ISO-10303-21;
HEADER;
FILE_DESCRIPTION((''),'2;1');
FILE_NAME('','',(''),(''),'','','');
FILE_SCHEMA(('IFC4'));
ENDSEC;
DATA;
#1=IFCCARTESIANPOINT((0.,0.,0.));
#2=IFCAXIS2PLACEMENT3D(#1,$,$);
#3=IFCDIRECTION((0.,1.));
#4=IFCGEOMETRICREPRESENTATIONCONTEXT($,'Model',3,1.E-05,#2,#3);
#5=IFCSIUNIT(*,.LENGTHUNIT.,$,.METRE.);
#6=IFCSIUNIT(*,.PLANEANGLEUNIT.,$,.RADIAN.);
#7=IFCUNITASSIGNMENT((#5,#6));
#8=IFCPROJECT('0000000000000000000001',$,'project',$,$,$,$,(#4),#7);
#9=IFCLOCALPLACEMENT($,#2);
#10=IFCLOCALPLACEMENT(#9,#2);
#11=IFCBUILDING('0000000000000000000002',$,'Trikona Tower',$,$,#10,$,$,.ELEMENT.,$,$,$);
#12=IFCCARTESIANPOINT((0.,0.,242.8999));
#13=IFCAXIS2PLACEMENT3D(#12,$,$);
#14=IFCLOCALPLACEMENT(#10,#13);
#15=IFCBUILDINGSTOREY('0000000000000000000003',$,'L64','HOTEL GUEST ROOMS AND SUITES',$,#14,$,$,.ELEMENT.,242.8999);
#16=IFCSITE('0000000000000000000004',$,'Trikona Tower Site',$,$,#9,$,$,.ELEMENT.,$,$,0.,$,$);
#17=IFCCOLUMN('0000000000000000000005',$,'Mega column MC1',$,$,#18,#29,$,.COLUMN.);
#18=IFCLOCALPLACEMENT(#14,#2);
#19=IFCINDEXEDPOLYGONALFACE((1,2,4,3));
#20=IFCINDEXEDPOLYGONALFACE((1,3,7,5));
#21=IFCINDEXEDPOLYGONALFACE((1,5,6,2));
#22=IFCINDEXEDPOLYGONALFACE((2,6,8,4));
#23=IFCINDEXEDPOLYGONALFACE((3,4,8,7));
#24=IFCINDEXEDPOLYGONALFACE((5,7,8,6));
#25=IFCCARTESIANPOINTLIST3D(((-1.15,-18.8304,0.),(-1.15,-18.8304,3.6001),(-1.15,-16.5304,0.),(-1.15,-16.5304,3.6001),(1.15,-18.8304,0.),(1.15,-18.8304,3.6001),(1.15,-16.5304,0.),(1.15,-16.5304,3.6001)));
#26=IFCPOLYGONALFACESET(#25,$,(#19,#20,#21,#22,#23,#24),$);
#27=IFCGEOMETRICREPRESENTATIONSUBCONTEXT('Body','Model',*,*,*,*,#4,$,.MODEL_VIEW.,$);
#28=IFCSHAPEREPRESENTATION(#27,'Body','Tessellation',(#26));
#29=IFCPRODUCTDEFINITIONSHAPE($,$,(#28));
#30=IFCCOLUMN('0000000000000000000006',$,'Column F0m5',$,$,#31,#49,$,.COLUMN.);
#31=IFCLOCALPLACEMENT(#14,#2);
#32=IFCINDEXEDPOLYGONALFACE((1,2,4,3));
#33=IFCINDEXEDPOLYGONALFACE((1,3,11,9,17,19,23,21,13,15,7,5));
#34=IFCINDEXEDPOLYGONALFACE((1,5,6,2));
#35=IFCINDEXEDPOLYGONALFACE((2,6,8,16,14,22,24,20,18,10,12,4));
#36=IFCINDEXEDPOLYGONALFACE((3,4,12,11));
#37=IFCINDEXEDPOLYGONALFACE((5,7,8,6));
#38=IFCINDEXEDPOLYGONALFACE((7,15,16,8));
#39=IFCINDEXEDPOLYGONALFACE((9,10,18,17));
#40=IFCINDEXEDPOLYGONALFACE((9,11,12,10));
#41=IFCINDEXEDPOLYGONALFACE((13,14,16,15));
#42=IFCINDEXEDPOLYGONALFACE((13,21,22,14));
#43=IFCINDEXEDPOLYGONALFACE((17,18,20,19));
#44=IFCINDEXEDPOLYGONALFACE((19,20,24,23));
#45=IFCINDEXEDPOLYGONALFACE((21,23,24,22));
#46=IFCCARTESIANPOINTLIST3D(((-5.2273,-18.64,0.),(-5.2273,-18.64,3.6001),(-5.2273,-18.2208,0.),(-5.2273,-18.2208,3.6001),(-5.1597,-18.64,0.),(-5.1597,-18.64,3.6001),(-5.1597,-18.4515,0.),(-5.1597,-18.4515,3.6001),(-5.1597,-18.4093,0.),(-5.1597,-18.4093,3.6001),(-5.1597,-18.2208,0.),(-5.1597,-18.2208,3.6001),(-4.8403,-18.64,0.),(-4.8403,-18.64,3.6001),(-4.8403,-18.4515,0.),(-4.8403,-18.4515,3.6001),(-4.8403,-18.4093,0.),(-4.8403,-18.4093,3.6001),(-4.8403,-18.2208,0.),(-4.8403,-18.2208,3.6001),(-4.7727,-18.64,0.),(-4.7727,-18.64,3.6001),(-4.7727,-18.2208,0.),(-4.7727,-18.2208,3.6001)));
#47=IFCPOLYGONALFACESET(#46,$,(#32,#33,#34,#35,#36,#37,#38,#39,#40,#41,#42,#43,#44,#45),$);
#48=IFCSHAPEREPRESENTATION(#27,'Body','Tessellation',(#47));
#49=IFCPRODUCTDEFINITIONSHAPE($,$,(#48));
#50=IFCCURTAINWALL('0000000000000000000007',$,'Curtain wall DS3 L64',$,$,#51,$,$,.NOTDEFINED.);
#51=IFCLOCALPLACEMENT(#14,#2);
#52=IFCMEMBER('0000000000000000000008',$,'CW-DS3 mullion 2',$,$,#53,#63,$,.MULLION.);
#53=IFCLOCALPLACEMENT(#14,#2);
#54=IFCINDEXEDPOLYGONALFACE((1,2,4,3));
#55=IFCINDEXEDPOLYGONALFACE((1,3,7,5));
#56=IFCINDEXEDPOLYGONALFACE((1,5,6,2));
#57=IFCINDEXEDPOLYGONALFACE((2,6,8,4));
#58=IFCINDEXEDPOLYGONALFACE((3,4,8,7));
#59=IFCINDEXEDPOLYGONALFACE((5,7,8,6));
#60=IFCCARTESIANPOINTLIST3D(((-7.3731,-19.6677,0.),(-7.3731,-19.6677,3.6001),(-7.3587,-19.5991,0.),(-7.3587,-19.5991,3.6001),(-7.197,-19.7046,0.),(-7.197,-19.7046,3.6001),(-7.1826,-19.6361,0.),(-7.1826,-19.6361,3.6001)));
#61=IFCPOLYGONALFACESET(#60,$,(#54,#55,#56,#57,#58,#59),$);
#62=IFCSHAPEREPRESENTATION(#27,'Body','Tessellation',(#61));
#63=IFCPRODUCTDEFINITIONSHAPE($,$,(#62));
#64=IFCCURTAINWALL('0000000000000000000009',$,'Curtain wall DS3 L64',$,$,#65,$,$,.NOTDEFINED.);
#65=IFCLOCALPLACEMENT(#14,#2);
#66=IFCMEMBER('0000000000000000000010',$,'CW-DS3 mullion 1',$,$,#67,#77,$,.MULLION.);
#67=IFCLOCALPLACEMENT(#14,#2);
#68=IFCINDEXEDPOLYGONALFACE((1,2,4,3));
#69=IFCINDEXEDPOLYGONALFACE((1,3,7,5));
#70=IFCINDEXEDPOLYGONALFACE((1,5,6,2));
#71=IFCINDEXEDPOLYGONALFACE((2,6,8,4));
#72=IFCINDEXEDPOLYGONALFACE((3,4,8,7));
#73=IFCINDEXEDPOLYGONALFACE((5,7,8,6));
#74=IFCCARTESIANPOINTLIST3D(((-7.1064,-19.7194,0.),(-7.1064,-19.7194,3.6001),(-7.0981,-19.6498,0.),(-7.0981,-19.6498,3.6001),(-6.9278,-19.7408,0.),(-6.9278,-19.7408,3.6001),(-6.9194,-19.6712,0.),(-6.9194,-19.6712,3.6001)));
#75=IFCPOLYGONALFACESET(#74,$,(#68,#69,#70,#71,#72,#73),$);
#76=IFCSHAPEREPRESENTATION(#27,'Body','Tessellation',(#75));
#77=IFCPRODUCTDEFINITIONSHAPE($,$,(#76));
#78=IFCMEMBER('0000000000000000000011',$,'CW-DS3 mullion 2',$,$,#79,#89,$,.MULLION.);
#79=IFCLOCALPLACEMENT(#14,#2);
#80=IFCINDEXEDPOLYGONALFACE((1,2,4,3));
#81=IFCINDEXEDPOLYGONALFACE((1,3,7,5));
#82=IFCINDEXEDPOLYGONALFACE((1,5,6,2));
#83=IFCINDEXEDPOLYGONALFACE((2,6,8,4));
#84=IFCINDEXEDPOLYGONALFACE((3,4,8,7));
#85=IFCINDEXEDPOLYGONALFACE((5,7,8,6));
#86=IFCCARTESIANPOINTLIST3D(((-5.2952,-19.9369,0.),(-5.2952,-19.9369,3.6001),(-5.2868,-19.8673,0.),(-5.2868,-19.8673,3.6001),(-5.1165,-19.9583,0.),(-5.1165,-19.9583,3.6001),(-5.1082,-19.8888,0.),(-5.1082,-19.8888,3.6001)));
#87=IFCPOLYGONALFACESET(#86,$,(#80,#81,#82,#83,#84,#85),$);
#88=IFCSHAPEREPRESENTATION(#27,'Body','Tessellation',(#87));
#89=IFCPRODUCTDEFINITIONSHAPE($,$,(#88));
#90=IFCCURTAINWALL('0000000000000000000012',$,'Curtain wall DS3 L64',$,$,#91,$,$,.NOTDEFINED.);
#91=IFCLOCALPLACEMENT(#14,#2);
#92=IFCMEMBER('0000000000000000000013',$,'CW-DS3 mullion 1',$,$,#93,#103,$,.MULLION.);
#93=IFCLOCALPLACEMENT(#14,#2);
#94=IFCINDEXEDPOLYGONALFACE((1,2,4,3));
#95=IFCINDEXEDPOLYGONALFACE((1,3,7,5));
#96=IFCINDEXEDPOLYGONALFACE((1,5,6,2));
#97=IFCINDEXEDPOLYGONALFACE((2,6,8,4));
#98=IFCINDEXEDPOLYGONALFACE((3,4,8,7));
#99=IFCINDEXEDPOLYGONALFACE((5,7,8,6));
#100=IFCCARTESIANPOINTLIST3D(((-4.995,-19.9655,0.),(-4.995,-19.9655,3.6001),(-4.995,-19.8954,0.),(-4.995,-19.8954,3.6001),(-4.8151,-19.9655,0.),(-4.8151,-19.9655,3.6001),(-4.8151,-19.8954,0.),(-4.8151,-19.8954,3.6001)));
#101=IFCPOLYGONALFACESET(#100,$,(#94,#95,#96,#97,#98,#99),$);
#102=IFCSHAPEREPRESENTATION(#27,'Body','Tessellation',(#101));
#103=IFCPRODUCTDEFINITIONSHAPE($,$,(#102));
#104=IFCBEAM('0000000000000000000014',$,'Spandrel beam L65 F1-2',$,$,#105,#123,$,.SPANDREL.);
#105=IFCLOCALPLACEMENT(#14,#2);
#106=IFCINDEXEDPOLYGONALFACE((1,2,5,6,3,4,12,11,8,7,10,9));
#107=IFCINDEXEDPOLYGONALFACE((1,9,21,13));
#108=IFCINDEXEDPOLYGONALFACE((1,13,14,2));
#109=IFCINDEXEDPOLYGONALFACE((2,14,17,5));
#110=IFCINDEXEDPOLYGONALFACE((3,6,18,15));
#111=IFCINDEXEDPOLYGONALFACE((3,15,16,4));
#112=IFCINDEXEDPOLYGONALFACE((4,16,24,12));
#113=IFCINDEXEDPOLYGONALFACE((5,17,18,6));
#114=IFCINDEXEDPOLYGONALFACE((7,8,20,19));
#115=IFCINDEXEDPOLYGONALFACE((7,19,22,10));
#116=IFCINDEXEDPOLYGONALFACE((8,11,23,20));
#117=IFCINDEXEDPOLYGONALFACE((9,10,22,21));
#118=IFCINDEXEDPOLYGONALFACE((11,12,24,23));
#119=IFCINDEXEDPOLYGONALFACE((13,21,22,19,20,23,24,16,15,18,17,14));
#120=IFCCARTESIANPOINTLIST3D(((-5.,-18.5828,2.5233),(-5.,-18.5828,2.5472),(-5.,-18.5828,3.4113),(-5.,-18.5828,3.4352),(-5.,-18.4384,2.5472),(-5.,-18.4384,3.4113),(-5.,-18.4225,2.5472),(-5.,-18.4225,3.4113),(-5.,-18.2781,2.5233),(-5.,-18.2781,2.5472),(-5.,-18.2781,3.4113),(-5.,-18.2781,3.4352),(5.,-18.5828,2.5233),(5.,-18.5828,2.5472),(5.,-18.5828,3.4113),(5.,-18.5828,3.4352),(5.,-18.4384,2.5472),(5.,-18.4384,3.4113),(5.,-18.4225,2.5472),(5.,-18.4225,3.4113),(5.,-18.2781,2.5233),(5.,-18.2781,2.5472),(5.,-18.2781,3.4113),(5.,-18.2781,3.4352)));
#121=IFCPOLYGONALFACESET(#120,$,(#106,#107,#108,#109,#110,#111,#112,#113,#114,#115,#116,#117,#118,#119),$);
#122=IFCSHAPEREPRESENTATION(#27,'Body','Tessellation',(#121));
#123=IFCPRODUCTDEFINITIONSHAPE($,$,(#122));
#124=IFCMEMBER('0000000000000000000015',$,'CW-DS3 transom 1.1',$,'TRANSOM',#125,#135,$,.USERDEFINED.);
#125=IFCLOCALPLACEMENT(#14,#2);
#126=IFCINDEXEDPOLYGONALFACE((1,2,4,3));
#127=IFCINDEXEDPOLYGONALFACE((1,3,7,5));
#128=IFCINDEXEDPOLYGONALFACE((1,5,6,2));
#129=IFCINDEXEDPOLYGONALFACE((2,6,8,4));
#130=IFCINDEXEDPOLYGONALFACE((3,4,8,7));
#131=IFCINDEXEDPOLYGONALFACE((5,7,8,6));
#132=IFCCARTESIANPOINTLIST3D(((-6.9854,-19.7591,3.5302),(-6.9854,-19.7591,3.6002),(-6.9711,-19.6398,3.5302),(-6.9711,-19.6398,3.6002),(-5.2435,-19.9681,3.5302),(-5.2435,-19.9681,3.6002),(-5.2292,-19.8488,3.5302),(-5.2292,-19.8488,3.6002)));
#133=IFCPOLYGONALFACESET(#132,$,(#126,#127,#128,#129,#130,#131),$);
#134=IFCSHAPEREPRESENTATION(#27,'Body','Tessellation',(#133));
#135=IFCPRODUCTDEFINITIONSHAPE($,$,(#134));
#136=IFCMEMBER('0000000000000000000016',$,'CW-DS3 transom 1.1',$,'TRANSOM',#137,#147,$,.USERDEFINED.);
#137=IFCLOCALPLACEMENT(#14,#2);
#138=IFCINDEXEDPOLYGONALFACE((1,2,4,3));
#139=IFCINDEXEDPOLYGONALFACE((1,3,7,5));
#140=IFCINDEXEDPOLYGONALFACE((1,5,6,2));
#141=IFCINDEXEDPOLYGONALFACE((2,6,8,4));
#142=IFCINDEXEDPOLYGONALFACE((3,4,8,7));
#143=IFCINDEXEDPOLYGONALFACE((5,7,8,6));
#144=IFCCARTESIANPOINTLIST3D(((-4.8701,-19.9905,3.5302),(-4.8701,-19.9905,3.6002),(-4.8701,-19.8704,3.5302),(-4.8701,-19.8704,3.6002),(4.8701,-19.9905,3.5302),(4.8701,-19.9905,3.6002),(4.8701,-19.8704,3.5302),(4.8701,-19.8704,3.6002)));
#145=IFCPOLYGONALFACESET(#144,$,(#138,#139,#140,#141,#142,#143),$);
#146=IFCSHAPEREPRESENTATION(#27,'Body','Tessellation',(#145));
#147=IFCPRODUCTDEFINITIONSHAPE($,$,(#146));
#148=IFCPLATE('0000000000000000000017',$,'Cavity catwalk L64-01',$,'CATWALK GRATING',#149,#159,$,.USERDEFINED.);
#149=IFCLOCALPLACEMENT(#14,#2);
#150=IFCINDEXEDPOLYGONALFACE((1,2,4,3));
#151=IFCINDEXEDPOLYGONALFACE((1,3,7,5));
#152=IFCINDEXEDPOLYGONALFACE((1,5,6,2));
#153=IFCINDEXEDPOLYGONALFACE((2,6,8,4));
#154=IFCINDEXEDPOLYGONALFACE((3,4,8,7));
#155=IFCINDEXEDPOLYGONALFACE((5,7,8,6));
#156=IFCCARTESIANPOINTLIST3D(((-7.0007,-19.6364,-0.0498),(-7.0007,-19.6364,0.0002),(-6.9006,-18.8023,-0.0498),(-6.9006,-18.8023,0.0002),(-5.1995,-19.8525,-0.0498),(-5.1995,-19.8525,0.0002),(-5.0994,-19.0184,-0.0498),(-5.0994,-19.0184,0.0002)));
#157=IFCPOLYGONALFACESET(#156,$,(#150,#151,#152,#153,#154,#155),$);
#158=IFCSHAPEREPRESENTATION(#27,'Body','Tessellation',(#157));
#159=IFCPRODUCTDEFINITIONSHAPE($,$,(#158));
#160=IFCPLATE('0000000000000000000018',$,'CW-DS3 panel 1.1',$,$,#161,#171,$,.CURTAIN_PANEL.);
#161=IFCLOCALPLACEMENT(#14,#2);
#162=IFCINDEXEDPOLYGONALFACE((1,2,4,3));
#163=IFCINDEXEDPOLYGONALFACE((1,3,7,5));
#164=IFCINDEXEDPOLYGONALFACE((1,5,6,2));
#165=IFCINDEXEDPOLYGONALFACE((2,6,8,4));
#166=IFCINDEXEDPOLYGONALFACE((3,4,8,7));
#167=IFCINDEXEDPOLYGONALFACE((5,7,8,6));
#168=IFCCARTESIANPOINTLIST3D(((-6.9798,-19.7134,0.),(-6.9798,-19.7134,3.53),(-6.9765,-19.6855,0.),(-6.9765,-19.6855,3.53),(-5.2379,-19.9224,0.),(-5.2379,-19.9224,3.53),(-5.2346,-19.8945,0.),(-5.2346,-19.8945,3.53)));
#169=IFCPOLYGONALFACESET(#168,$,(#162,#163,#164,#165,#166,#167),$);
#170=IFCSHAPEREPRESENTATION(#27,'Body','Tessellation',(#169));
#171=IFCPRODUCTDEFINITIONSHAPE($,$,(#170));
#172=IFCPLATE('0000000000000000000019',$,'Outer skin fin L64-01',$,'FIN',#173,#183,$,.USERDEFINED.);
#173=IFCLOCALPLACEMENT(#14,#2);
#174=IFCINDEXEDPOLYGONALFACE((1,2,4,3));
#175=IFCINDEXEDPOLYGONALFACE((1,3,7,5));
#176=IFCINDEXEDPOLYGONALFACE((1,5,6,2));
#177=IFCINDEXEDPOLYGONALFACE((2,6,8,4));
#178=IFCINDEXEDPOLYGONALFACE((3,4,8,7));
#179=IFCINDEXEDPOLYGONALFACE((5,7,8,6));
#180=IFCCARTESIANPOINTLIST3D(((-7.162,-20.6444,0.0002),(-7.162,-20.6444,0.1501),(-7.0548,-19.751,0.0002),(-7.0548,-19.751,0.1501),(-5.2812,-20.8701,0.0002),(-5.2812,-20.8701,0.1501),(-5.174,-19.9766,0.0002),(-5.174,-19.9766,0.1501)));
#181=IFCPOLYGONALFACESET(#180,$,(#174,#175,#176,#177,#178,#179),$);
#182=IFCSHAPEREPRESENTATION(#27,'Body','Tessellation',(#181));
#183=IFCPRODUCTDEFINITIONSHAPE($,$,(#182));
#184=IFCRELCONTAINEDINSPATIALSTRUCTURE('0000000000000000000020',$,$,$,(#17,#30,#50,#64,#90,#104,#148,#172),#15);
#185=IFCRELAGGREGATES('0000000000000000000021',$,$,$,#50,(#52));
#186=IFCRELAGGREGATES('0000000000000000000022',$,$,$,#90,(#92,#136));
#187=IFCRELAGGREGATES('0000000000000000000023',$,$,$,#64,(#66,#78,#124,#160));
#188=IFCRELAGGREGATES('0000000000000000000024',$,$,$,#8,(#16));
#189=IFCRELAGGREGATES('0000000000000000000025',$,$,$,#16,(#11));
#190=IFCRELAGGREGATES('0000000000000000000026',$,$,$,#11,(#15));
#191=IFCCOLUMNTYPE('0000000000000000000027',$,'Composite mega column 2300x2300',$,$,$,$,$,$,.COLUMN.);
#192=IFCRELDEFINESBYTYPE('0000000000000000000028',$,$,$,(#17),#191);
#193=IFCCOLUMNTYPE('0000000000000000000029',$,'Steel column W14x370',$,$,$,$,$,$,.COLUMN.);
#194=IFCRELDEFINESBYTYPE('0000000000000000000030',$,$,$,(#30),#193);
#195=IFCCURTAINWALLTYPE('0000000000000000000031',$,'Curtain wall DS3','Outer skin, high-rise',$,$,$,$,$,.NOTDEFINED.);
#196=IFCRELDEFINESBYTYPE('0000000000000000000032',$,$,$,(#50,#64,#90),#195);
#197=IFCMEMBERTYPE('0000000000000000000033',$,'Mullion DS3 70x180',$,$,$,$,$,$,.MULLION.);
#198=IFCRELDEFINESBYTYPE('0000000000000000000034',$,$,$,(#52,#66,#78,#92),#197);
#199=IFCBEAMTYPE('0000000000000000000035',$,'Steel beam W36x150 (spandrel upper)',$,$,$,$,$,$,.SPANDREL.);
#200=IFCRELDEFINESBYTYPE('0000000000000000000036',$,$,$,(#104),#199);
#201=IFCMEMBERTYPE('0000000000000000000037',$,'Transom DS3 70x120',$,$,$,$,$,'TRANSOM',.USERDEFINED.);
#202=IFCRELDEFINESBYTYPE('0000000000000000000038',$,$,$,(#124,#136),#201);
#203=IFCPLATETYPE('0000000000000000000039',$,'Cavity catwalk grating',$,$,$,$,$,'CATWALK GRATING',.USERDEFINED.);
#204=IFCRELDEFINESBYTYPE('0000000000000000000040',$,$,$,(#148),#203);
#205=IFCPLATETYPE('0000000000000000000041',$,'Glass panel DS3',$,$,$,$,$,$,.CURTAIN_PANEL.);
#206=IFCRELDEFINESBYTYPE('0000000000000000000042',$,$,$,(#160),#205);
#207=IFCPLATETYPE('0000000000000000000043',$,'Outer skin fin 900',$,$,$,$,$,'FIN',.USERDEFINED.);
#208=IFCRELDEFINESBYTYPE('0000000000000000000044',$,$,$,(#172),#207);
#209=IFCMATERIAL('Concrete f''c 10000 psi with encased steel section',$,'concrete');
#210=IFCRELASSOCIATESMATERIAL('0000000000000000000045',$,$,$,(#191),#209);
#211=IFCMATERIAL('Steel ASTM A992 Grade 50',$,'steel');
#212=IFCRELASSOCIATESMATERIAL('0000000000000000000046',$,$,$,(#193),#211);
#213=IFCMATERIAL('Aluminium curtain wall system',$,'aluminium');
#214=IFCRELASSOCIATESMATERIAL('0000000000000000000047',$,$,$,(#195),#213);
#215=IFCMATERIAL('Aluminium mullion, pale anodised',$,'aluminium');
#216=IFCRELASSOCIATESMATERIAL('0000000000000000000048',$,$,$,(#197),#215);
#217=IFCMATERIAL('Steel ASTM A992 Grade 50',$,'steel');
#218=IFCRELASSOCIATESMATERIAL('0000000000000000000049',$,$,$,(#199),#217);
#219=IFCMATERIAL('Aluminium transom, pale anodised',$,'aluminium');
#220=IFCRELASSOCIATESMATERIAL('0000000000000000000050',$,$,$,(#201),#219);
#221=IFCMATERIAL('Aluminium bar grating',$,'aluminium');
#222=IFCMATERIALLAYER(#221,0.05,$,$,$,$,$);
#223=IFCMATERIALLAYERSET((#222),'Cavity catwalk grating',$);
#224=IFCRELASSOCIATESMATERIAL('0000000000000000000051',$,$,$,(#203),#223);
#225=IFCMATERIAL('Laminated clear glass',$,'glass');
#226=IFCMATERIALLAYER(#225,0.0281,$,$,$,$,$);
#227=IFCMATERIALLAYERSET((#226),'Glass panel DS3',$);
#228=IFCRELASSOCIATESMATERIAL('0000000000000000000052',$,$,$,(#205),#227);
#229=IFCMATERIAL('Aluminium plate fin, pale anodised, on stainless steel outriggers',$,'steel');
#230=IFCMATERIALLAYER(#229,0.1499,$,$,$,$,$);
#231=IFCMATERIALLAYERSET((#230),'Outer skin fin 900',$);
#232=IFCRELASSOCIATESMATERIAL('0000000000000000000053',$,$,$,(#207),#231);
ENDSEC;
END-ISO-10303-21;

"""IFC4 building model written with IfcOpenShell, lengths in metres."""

from ifc_helpers import new_model, si_unit, direction, frame, origin, origin_2d, place, context, subcontext, project, spatial, rectangle, i_section, extrude, material, layer, layer_set, material_profile, profile_set, type_object, element, aggregate, save


model = new_model("IFC4")

# Units and contexts
model_context = context("Model", 3, precision=1e-05, world=origin(), true_north=direction((0.0, 1.0)))
body_context = subcontext(model_context, "Body", "Model", "MODEL_VIEW")
ifc_project = project(units=[si_unit("LENGTHUNIT", "METRE"), si_unit("PLANEANGLEUNIT", "RADIAN")], contexts=[model_context])

# Site, building, storey
site_placement = place(None, origin())
site = spatial("IfcSite", under=ifc_project, at=site_placement, Name="Trikona Tower Site", CompositionType="ELEMENT", RefElevation=0.0)
building_placement = place(site_placement, origin())
building = spatial("IfcBuilding", under=site, at=building_placement, Name="Trikona Tower", CompositionType="ELEMENT")
storey_placement = place(building_placement, frame((0.0, 0.0, 242.8999)))
storey = spatial("IfcBuildingStorey", under=building, at=storey_placement, Name="L64", Description="HOTEL GUEST ROOMS AND SUITES", CompositionType="ELEMENT", Elevation=242.8999)

# Columns
ifc_material_1 = material(Name="Concrete f'c 10000 psi with encased steel section", Category="concrete")
ifc_material_profile_1 = material_profile(ifc_material_1, rectangle(XDim=2.3, YDim=2.3, at=origin_2d()), Name="MC2300")
ifc_profile_set_1 = profile_set([ifc_material_profile_1], Name="Concrete f'c 10000 psi with encased steel section")
column_type_1 = type_object("IfcColumnType", Name="Composite mega column 2300x2300", PredefinedType="COLUMN", material=ifc_profile_set_1)
column_1_placement = place(storey_placement, frame((0.0, -17.6804, 0.0), z_axis=(0.0, 0.0, 1.0), x_axis=(0.0, -1.0, 0.0)))
element("IfcColumn", 1, at=column_1_placement, inside=storey, type_object=column_type_1, Name="Mega column MC1", PredefinedType="COLUMN", context=body_context, shape_type="SweptSolid", body=[
    extrude(rectangle(XDim=2.3, YDim=2.3, at=origin_2d()), origin(), (0.0, 0.0, 1.0), 3.6001),
])
ifc_material_2 = material(Name="Steel ASTM A992 Grade 50", Category="steel")
ifc_material_profile_2 = material_profile(ifc_material_2, i_section(OverallWidth=0.4192, OverallDepth=0.4546, WebThickness=0.0422, FlangeThickness=0.0676, at=origin_2d()), Name="W14X370")
ifc_profile_set_2 = profile_set([ifc_material_profile_2], Name="Steel ASTM A992 Grade 50")
column_type_2 = type_object("IfcColumnType", Name="Steel column W14x370", PredefinedType="COLUMN", material=ifc_profile_set_2)
column_2_placement = place(storey_placement, frame((-5.0, -18.4304, 0.0), z_axis=(0.0, 0.0, 1.0), x_axis=(0.0, -1.0, 0.0)))
element("IfcColumn", 2, at=column_2_placement, inside=storey, type_object=column_type_2, Name="Column F0m5", PredefinedType="COLUMN", context=body_context, shape_type="SweptSolid", body=[
    extrude(i_section(OverallWidth=0.4192, OverallDepth=0.4546, WebThickness=0.0422, FlangeThickness=0.0676, at=origin_2d()), origin(), (0.0, 0.0, 1.0), 3.6001),
])

# Curtain wall, member
ifc_material_3 = material(Name="Aluminium curtain wall system", Category="aluminium")
curtain_wall_type = type_object("IfcCurtainWallType", Name="Curtain wall DS3", Description="Outer skin, high-rise", PredefinedType="NOTDEFINED", material=ifc_material_3)
curtain_wall_1_placement = place(storey_placement, origin())
curtain_wall_1 = element("IfcCurtainWall", 3, at=curtain_wall_1_placement, inside=storey, type_object=curtain_wall_type, Name="Curtain wall DS3 L64", PredefinedType="NOTDEFINED")
ifc_material_4 = material(Name="Aluminium mullion, pale anodised", Category="aluminium")
ifc_material_profile_3 = material_profile(ifc_material_4, rectangle(XDim=0.0701, YDim=0.1799, at=origin_2d()), Name="MUL-DS3")
ifc_profile_set_3 = profile_set([ifc_material_profile_3], Name="Aluminium mullion, pale anodised")
member_type_1 = type_object("IfcMemberType", Name="Mullion DS3 70x180", PredefinedType="MULLION", material=ifc_profile_set_3)
member_1_placement = place(storey_placement, frame((-7.2778, -19.6519, 0.0), z_axis=(0.0, 0.0, 1.0), x_axis=(0.205527, 0.978651, 0.0)))
member_1 = element("IfcMember", 4, at=member_1_placement, type_object=member_type_1, Name="CW-DS3 mullion 2", PredefinedType="MULLION", context=body_context, shape_type="SweptSolid", body=[
    extrude(rectangle(XDim=0.0701, YDim=0.1799, at=origin_2d()), origin(), (0.0, 0.0, 1.0), 3.6001),
])
aggregate(curtain_wall_1, [member_1])

# Curtain wall, members
curtain_wall_2_placement = place(storey_placement, origin())
curtain_wall_2 = element("IfcCurtainWall", 5, at=curtain_wall_2_placement, inside=storey, type_object=curtain_wall_type, Name="Curtain wall DS3 L64", PredefinedType="NOTDEFINED")
member_2_placement = place(storey_placement, frame((-7.0129, -19.6953, 0.0), z_axis=(0.0, 0.0, 1.0), x_axis=(0.119141, 0.992877, 0.0)))
member_2 = element("IfcMember", 6, at=member_2_placement, type_object=member_type_1, Name="CW-DS3 mullion 1", PredefinedType="MULLION", context=body_context, shape_type="SweptSolid", body=[
    extrude(rectangle(XDim=0.0701, YDim=0.1799, at=origin_2d()), origin(), (0.0, 0.0, 1.0), 3.6001),
])
member_3_placement = place(storey_placement, frame((-5.2017, -19.9128, 0.0), z_axis=(0.0, 0.0, 1.0), x_axis=(0.119141, 0.992877, 0.0)))
member_3 = element("IfcMember", 7, at=member_3_placement, type_object=member_type_1, Name="CW-DS3 mullion 2", PredefinedType="MULLION", context=body_context, shape_type="SweptSolid", body=[
    extrude(rectangle(XDim=0.0701, YDim=0.1799, at=origin_2d()), origin(), (0.0, 0.0, 1.0), 3.6001),
])

# Curtain wall, member
curtain_wall_3_placement = place(storey_placement, origin())
curtain_wall_3 = element("IfcCurtainWall", 8, at=curtain_wall_3_placement, inside=storey, type_object=curtain_wall_type, Name="Curtain wall DS3 L64", PredefinedType="NOTDEFINED")
member_4_placement = place(storey_placement, frame((-4.905, -19.9304, 0.0), z_axis=(0.0, 0.0, 1.0), x_axis=(0.0, 1.0, 0.0)))
member_4 = element("IfcMember", 9, at=member_4_placement, type_object=member_type_1, Name="CW-DS3 mullion 1", PredefinedType="MULLION", context=body_context, shape_type="SweptSolid", body=[
    extrude(rectangle(XDim=0.0701, YDim=0.1799, at=origin_2d()), origin(), (0.0, 0.0, 1.0), 3.6001),
])

# Beam
ifc_material_5 = material(Name="Steel ASTM A992 Grade 50", Category="steel")
ifc_material_profile_4 = material_profile(ifc_material_5, i_section(OverallWidth=0.3047, OverallDepth=0.9119, WebThickness=0.0159, FlangeThickness=0.0239, at=origin_2d()), Name="W36X150")
ifc_profile_set_4 = profile_set([ifc_material_profile_4], Name="Steel ASTM A992 Grade 50")
beam_type = type_object("IfcBeamType", Name="Steel beam W36x150 (spandrel upper)", PredefinedType="SPANDREL", material=ifc_profile_set_4)
beam_placement = place(storey_placement, frame((-5.0, -18.4304, 2.9792), z_axis=(1.0, 0.0, 0.0), x_axis=(0.0, 1.0, 0.0)))
element("IfcBeam", 10, at=beam_placement, inside=storey, type_object=beam_type, Name="Spandrel beam L65 F1-2", PredefinedType="SPANDREL", context=body_context, shape_type="SweptSolid", body=[
    extrude(i_section(OverallWidth=0.3047, OverallDepth=0.9119, WebThickness=0.0159, FlangeThickness=0.0239, at=origin_2d()), origin(), (0.0, 0.0, 1.0), 10.0),
])

# Members
ifc_material_6 = material(Name="Aluminium transom, pale anodised", Category="aluminium")
ifc_material_profile_5 = material_profile(ifc_material_6, rectangle(XDim=0.1201, YDim=0.0701, at=origin_2d()), Name="TRN-DS3")
ifc_profile_set_5 = profile_set([ifc_material_profile_5], Name="Aluminium transom, pale anodised")
member_type_2 = type_object("IfcMemberType", Name="Transom DS3 70x120", ElementType="TRANSOM", PredefinedType="USERDEFINED", material=ifc_profile_set_5)
member_5_placement = place(storey_placement, frame((-6.9783, -19.6995, 3.5652), z_axis=(0.99288, -0.119118, 0.0), x_axis=(0.119118, 0.99288, 0.0)))
member_5 = element("IfcMember", 11, at=member_5_placement, type_object=member_type_2, Name="CW-DS3 transom 1.1", ObjectType="TRANSOM", PredefinedType="USERDEFINED", context=body_context, shape_type="SweptSolid", body=[
    extrude(rectangle(XDim=0.1201, YDim=0.0701, at=origin_2d()), origin(), (0.0, 0.0, 1.0), 1.7544),
])
member_6_placement = place(storey_placement, frame((-4.8701, -19.9304, 3.5652), z_axis=(1.0, 0.0, 0.0), x_axis=(0.0, 1.0, 0.0)))
member_6 = element("IfcMember", 12, at=member_6_placement, type_object=member_type_2, Name="CW-DS3 transom 1.1", ObjectType="TRANSOM", PredefinedType="USERDEFINED", context=body_context, shape_type="SweptSolid", body=[
    extrude(rectangle(XDim=0.1201, YDim=0.0701, at=origin_2d()), origin(), (0.0, 0.0, 1.0), 9.7402),
])
aggregate(curtain_wall_3, [member_4, member_6])

# Plates
ifc_material_7 = material(Name="Aluminium bar grating", Category="aluminium")
ifc_layer_1 = layer(ifc_material_7, 0.05)
ifc_layer_set_1 = layer_set([ifc_layer_1], Name="Cavity catwalk grating")
plate_type_1 = type_object("IfcPlateType", Name="Cavity catwalk grating", ElementType="CATWALK GRATING", PredefinedType="USERDEFINED", material=ifc_layer_set_1)
plate_1_placement = place(storey_placement, frame((-6.05, -19.3274, -0.0498), z_axis=(0.0, 0.0, 1.0), x_axis=(0.992877, -0.119146, 0.0)))
element("IfcPlate", 13, at=plate_1_placement, inside=storey, type_object=plate_type_1, Name="Cavity catwalk L64-01", ObjectType="CATWALK GRATING", PredefinedType="USERDEFINED", context=body_context, shape_type="SweptSolid", body=[
    extrude(rectangle(XDim=1.8142, YDim=0.8401, at=origin_2d()), origin(), (0.0, 0.0, 1.0), 0.05),
])
ifc_material_8 = material(Name="Laminated clear glass", Category="glass")
ifc_layer_2 = layer(ifc_material_8, 0.0281)
ifc_layer_set_2 = layer_set([ifc_layer_2], Name="Glass panel DS3")
plate_type_2 = type_object("IfcPlateType", Name="Glass panel DS3", PredefinedType="CURTAIN_PANEL", material=ifc_layer_set_2)
plate_2_placement = place(storey_placement, frame((-6.1072, -19.804, 0.0), z_axis=(0.0, 0.0, 1.0), x_axis=(0.992877, -0.119141, 0.0)))
plate_2 = element("IfcPlate", 14, at=plate_2_placement, type_object=plate_type_2, Name="CW-DS3 panel 1.1", PredefinedType="CURTAIN_PANEL", context=body_context, shape_type="SweptSolid", body=[
    extrude(rectangle(XDim=1.7544, YDim=0.0281, at=origin_2d()), origin(), (0.0, 0.0, 1.0), 3.53),
])
aggregate(curtain_wall_2, [member_2, member_3, member_5, plate_2])
ifc_material_9 = material(Name="Aluminium plate fin, pale anodised, on stainless steel outriggers", Category="steel")
ifc_layer_3 = layer(ifc_material_9, 0.1499)
ifc_layer_set_3 = layer_set([ifc_layer_3], Name="Outer skin fin 900")
plate_type_3 = type_object("IfcPlateType", Name="Outer skin fin 900", ElementType="FIN", PredefinedType="USERDEFINED", material=ifc_layer_set_3)
plate_3_placement = place(storey_placement, frame((-6.168, -20.3105, 0.0002), z_axis=(0.0, 0.0, 1.0), x_axis=(0.992877, -0.119146, 0.0)))
element("IfcPlate", 15, at=plate_3_placement, inside=storey, type_object=plate_type_3, Name="Outer skin fin L64-01", ObjectType="FIN", PredefinedType="USERDEFINED", context=body_context, shape_type="SweptSolid", body=[
    extrude(rectangle(XDim=1.8943, YDim=0.8999, at=origin_2d()), origin(), (0.0, 0.0, 1.0), 0.1499),
])

save(model, "model.ifc")
